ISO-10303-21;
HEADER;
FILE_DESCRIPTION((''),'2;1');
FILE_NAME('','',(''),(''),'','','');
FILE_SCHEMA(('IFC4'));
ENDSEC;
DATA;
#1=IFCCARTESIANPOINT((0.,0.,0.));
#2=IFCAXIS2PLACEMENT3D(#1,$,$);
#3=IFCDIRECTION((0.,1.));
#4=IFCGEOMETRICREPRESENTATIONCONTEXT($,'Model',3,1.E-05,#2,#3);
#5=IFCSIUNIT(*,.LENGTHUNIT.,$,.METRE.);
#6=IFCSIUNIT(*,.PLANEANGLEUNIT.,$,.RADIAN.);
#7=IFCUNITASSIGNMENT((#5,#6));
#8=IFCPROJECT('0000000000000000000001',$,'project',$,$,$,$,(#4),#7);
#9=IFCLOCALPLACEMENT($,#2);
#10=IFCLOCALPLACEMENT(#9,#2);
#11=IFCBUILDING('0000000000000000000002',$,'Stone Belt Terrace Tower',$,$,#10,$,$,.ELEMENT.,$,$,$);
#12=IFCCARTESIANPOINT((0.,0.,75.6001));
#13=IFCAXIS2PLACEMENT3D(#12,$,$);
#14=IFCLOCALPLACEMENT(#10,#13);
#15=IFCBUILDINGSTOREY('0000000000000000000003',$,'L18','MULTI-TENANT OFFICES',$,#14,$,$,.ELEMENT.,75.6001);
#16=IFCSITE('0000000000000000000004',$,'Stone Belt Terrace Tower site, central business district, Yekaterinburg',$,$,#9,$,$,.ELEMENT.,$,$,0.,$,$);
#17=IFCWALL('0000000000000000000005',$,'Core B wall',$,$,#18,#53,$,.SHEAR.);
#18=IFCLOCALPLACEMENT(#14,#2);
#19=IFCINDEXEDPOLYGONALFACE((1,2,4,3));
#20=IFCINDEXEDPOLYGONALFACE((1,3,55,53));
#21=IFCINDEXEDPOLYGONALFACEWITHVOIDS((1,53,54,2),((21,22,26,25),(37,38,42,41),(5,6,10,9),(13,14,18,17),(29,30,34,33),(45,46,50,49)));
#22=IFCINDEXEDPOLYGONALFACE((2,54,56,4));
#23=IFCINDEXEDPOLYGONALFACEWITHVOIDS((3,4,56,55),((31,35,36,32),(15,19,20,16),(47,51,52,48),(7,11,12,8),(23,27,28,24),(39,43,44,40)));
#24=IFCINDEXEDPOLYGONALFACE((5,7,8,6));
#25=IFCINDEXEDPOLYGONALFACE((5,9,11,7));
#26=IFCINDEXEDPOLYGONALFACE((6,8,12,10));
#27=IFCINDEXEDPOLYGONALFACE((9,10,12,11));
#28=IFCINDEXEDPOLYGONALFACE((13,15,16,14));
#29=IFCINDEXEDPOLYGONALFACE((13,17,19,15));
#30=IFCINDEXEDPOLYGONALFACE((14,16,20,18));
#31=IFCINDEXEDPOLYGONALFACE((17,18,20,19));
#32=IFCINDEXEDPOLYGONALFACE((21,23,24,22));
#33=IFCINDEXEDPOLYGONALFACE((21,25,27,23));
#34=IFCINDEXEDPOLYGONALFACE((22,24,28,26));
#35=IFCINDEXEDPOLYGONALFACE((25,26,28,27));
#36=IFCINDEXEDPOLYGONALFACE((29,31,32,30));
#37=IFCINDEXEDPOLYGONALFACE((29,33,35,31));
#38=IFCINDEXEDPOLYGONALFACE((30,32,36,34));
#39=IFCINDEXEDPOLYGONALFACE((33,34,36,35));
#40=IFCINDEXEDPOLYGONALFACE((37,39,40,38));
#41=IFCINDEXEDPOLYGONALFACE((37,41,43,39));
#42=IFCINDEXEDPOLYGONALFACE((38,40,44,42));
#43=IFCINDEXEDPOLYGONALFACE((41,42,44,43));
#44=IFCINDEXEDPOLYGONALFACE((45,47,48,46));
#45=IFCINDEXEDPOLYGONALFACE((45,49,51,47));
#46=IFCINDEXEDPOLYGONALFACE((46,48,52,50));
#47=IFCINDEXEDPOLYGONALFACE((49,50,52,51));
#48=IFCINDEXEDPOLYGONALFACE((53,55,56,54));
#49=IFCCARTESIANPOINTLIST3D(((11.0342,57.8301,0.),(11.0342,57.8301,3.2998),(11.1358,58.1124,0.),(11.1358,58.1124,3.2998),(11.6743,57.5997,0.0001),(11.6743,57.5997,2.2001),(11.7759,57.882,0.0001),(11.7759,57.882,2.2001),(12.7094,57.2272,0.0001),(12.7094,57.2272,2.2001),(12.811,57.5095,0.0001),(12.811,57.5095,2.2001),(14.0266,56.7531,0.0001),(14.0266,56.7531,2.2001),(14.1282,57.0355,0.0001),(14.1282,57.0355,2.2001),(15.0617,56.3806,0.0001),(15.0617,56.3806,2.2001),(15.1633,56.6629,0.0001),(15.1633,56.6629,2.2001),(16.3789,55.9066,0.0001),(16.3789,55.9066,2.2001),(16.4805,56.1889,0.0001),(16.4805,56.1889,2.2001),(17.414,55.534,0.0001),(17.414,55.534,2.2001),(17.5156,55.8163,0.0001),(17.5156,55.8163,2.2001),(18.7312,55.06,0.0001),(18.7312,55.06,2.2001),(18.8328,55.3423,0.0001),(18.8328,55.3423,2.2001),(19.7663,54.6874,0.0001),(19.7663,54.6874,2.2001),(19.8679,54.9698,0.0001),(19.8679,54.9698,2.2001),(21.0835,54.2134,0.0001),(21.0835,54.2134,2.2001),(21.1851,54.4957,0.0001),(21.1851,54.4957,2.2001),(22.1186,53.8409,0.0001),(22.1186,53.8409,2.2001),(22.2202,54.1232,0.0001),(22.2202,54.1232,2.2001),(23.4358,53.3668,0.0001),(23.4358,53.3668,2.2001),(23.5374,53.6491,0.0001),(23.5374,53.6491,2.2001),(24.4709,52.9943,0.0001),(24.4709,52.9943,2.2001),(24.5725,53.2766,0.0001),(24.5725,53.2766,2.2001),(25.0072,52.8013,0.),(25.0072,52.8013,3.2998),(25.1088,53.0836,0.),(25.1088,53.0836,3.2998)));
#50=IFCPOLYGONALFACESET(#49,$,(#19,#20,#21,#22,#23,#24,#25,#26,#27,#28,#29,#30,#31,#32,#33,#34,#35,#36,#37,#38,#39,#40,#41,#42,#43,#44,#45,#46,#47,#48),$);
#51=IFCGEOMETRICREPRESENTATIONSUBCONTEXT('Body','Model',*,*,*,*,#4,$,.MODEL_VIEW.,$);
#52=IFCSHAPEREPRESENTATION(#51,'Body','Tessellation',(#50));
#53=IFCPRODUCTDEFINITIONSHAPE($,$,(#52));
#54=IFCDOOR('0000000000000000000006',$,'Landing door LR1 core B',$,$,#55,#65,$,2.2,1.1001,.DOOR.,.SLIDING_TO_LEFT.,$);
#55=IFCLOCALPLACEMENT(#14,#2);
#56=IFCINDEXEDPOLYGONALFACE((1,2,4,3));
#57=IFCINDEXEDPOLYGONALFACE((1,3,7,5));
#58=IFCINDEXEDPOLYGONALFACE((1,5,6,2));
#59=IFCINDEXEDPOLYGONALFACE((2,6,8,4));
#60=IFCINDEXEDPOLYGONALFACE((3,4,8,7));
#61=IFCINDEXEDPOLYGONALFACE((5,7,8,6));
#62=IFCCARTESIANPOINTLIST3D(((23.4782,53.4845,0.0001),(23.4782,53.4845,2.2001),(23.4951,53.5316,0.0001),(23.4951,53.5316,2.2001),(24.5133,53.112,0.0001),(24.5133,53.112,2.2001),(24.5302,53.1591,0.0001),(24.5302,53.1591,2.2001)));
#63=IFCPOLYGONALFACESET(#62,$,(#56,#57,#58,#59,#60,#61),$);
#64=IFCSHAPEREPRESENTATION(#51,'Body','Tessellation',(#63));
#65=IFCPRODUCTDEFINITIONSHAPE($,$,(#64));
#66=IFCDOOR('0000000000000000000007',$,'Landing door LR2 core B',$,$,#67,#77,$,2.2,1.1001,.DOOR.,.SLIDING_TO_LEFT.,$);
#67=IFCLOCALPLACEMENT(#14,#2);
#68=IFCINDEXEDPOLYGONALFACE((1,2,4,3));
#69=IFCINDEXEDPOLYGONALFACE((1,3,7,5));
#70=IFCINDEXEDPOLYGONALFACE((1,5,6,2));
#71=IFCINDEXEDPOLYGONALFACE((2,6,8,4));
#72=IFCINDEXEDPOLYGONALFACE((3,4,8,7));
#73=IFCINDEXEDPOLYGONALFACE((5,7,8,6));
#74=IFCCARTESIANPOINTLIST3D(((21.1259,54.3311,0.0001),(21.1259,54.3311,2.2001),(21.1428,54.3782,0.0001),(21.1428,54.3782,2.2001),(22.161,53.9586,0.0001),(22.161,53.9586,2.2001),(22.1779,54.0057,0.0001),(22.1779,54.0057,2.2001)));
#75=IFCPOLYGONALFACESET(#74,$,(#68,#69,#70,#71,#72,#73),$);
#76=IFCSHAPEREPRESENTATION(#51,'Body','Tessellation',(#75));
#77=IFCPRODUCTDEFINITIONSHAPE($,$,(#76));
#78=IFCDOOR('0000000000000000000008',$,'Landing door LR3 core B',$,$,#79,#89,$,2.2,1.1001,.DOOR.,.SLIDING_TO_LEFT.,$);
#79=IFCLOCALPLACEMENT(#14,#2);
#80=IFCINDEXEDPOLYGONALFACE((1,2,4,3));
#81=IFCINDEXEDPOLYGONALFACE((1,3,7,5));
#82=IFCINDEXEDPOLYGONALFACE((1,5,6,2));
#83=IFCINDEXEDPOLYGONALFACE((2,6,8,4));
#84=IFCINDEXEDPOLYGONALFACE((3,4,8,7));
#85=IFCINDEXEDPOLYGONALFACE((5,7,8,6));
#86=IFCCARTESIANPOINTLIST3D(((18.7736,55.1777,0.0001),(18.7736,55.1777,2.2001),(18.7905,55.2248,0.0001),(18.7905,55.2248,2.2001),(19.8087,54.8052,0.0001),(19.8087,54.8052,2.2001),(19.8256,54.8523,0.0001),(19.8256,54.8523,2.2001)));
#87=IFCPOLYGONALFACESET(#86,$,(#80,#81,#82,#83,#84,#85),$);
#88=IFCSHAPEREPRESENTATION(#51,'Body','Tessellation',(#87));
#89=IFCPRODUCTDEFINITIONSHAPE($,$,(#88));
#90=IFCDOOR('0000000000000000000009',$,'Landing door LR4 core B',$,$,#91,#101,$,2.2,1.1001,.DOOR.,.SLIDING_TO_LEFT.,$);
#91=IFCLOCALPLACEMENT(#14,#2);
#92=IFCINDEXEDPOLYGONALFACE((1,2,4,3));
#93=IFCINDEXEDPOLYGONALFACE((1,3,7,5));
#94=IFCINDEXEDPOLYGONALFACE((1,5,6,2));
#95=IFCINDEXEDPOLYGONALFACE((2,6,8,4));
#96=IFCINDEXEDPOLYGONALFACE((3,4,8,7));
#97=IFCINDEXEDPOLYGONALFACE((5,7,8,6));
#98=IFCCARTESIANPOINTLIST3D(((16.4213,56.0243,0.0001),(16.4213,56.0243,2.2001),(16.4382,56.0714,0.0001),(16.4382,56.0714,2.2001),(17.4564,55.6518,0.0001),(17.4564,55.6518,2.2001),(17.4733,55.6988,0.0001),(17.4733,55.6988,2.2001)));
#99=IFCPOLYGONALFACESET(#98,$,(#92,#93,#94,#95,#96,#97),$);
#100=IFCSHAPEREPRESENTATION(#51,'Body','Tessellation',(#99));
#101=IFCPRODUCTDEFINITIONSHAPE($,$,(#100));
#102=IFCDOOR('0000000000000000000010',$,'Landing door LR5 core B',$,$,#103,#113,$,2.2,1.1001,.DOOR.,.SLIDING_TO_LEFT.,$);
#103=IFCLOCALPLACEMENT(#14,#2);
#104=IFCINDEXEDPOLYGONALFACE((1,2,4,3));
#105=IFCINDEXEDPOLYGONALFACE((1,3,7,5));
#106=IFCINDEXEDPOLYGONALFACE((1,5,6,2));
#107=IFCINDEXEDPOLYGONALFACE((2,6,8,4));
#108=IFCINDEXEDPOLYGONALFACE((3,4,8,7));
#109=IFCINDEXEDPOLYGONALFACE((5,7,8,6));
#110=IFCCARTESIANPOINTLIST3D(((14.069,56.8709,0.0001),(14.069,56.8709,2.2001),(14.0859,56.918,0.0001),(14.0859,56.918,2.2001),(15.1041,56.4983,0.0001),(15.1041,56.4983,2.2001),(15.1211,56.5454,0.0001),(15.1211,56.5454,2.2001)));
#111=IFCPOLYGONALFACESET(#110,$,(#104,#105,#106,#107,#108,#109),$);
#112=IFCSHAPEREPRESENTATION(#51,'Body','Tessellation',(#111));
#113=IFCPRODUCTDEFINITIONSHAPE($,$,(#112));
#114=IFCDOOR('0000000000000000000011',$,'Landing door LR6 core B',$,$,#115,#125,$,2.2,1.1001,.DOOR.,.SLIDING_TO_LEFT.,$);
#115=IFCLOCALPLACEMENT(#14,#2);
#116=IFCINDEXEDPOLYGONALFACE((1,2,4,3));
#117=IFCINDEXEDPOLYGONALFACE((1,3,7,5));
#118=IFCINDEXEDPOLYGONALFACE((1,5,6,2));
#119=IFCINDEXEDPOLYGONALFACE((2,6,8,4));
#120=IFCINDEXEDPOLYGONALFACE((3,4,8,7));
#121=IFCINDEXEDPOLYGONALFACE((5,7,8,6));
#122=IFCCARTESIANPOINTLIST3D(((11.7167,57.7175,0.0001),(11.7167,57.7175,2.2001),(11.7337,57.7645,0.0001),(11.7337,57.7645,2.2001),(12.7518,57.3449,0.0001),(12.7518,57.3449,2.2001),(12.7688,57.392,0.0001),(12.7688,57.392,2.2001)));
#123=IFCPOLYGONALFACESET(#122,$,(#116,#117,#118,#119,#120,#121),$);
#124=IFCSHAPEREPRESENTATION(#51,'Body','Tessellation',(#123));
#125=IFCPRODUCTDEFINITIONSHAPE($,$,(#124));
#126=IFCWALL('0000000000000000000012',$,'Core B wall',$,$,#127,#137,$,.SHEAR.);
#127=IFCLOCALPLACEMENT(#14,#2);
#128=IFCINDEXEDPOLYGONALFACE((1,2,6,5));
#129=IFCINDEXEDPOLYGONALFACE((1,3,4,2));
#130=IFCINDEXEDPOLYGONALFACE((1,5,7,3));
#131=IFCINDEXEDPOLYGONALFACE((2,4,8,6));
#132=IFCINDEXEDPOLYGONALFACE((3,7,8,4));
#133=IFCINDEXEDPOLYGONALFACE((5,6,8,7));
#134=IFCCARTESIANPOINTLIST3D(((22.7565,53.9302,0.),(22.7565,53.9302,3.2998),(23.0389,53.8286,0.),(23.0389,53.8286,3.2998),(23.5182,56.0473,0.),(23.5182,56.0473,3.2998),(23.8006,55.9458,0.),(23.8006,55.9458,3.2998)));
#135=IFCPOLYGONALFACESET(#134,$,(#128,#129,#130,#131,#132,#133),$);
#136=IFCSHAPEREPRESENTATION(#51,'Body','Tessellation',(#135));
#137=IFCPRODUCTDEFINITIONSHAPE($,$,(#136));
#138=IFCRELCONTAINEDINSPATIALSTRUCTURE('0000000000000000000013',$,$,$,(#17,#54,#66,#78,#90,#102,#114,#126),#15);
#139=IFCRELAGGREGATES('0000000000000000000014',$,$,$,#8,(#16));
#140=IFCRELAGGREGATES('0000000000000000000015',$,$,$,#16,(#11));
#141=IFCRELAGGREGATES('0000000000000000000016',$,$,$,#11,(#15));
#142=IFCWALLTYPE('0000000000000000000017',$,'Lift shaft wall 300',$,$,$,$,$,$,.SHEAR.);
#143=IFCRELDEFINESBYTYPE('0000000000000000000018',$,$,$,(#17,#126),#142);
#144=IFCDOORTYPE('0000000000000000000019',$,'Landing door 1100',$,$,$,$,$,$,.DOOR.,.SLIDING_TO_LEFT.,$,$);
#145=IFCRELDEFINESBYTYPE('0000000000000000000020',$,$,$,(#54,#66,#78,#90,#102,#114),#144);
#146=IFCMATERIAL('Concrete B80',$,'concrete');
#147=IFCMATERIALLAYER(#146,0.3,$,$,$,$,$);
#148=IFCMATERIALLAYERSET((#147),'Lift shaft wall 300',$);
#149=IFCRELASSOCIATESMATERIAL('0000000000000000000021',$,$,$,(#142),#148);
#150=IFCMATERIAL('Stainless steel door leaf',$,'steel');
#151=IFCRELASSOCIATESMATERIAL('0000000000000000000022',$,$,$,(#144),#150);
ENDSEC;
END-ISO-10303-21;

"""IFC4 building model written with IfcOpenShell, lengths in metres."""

from ifc_helpers import new_model, si_unit, direction, frame, frame_2d, origin, place, context, subcontext, project, spatial, rectangle, extrude, material, layer, layer_set, type_object, element, fill, save


model = new_model("IFC4")

# Units and contexts
model_context = context("Model", 3, precision=1e-05, world=origin(), true_north=direction((0.0, 1.0)))
body_context = subcontext(model_context, "Body", "Model", "MODEL_VIEW")
ifc_project = project(units=[si_unit("LENGTHUNIT", "METRE"), si_unit("PLANEANGLEUNIT", "RADIAN")], contexts=[model_context])

# Site, building, storey
site_placement = place(None, origin())
site = spatial("IfcSite", under=ifc_project, at=site_placement, Name="Stone Belt Terrace Tower site, central business district, Yekaterinburg", CompositionType="ELEMENT", RefElevation=0.0)
building_placement = place(site_placement, origin())
building = spatial("IfcBuilding", under=site, at=building_placement, Name="Stone Belt Terrace Tower", CompositionType="ELEMENT")
storey_placement = place(building_placement, frame((0.0, 0.0, 75.6001)))
storey = spatial("IfcBuildingStorey", under=building, at=storey_placement, Name="L18", Description="MULTI-TENANT OFFICES", CompositionType="ELEMENT", Elevation=75.6001)

# Shared definitions
ifc_material_1 = material(Name="Concrete B80", Category="concrete")

# Shared definitions
ifc_layer_1 = layer(ifc_material_1, 0.3)
ifc_layer_set_1 = layer_set([ifc_layer_1], Name="Lift shaft wall 300")
wall_type_1 = type_object("IfcWallType", Name="Lift shaft wall 300", PredefinedType="SHEAR", material=ifc_layer_set_1)
ifc_material_2 = material(Name="Stainless steel door leaf", Category="steel")

# Wall, openings, doors
wall_1_placement = place(storey_placement, frame((25.0581, 52.9424, 0.0), z_axis=(0.0, 0.0, 1.0), x_axis=(-0.940918, 0.338634, 0.0)))
wall_1 = element("IfcWall", 1, at=wall_1_placement, inside=storey, type_object=wall_type_1, Name="Core B wall", PredefinedType="SHEAR", context=body_context, shape_type="SweptSolid", body=[
    extrude(rectangle(XDim=14.8503, YDim=0.3, at=frame_2d((7.4253, 0.0))), origin(), (0.0, 0.0, 1.0), 3.2998),
])
opening_1_placement = place(wall_1_placement, frame((0.5701, 0.0, 0.0)))
opening_1 = element("IfcOpeningElement", 2, at=opening_1_placement, cuts=wall_1, PredefinedType="OPENING", context=body_context, shape_type="SweptSolid", body=[
    extrude(rectangle(XDim=1.1001, YDim=2.2, at=frame_2d((0.55, 1.1001))), frame((0.0, 0.1599, 0.0), z_axis=(0.0, -1.0, 0.0), x_axis=(1.0, 0.0, 0.0)), (0.0, 0.0, 1.0), 0.3201),
])
opening_2_placement = place(wall_1_placement, frame((3.0701, 0.0, 0.0)))
opening_2 = element("IfcOpeningElement", 3, at=opening_2_placement, cuts=wall_1, PredefinedType="OPENING", context=body_context, shape_type="SweptSolid", body=[
    extrude(rectangle(XDim=1.1001, YDim=2.2, at=frame_2d((0.55, 1.1001))), frame((0.0, 0.1599, 0.0), z_axis=(0.0, -1.0, 0.0), x_axis=(1.0, 0.0, 0.0)), (0.0, 0.0, 1.0), 0.3201),
])
opening_3_placement = place(wall_1_placement, frame((5.5701, 0.0, 0.0)))
opening_3 = element("IfcOpeningElement", 4, at=opening_3_placement, cuts=wall_1, PredefinedType="OPENING", context=body_context, shape_type="SweptSolid", body=[
    extrude(rectangle(XDim=1.1001, YDim=2.2, at=frame_2d((0.55, 1.1001))), frame((0.0, 0.1599, 0.0), z_axis=(0.0, -1.0, 0.0), x_axis=(1.0, 0.0, 0.0)), (0.0, 0.0, 1.0), 0.3201),
])
opening_4_placement = place(wall_1_placement, frame((8.0701, 0.0, 0.0)))
opening_4 = element("IfcOpeningElement", 5, at=opening_4_placement, cuts=wall_1, PredefinedType="OPENING", context=body_context, shape_type="SweptSolid", body=[
    extrude(rectangle(XDim=1.1001, YDim=2.2, at=frame_2d((0.55, 1.1001))), frame((0.0, 0.1599, 0.0), z_axis=(0.0, -1.0, 0.0), x_axis=(1.0, 0.0, 0.0)), (0.0, 0.0, 1.0), 0.3201),
])
opening_5_placement = place(wall_1_placement, frame((10.5701, 0.0, 0.0)))
opening_5 = element("IfcOpeningElement", 6, at=opening_5_placement, cuts=wall_1, PredefinedType="OPENING", context=body_context, shape_type="SweptSolid", body=[
    extrude(rectangle(XDim=1.1001, YDim=2.2, at=frame_2d((0.55, 1.1001))), frame((0.0, 0.1599, 0.0), z_axis=(0.0, -1.0, 0.0), x_axis=(1.0, 0.0, 0.0)), (0.0, 0.0, 1.0), 0.3201),
])
opening_6_placement = place(wall_1_placement, frame((13.0701, 0.0, 0.0)))
opening_6 = element("IfcOpeningElement", 7, at=opening_6_placement, cuts=wall_1, PredefinedType="OPENING", context=body_context, shape_type="SweptSolid", body=[
    extrude(rectangle(XDim=1.1001, YDim=2.2, at=frame_2d((0.55, 1.1001))), frame((0.0, 0.1599, 0.0), z_axis=(0.0, -1.0, 0.0), x_axis=(1.0, 0.0, 0.0)), (0.0, 0.0, 1.0), 0.3201),
])
door_type_1 = type_object("IfcDoorType", Name="Landing door 1100", OperationType="SLIDING_TO_LEFT", PredefinedType="DOOR", material=ifc_material_2)
door_1_placement = place(opening_1_placement, origin())
door_1 = element("IfcDoor", 8, at=door_1_placement, inside=storey, type_object=door_type_1, Name="Landing door LR1 core B", OperationType="SLIDING_TO_LEFT", OverallHeight=2.2, OverallWidth=1.1001, PredefinedType="DOOR", context=body_context, shape_type="SweptSolid", body=[
    extrude(rectangle(XDim=1.1001, YDim=2.2, at=frame_2d((0.55, 1.1001))), frame((0.0, 0.0249, 0.0), z_axis=(0.0, -1.0, 0.0), x_axis=(1.0, 0.0, 0.0)), (0.0, 0.0, 1.0), 0.05),
])
fill(opening_1, door_1)
door_2_placement = place(opening_2_placement, origin())
door_2 = element("IfcDoor", 9, at=door_2_placement, inside=storey, type_object=door_type_1, Name="Landing door LR2 core B", OperationType="SLIDING_TO_LEFT", OverallHeight=2.2, OverallWidth=1.1001, PredefinedType="DOOR", context=body_context, shape_type="SweptSolid", body=[
    extrude(rectangle(XDim=1.1001, YDim=2.2, at=frame_2d((0.55, 1.1001))), frame((0.0, 0.0249, 0.0), z_axis=(0.0, -1.0, 0.0), x_axis=(1.0, 0.0, 0.0)), (0.0, 0.0, 1.0), 0.05),
])
fill(opening_2, door_2)
door_3_placement = place(opening_3_placement, origin())
door_3 = element("IfcDoor", 10, at=door_3_placement, inside=storey, type_object=door_type_1, Name="Landing door LR3 core B", OperationType="SLIDING_TO_LEFT", OverallHeight=2.2, OverallWidth=1.1001, PredefinedType="DOOR", context=body_context, shape_type="SweptSolid", body=[
    extrude(rectangle(XDim=1.1001, YDim=2.2, at=frame_2d((0.55, 1.1001))), frame((0.0, 0.0249, 0.0), z_axis=(0.0, -1.0, 0.0), x_axis=(1.0, 0.0, 0.0)), (0.0, 0.0, 1.0), 0.05),
])
fill(opening_3, door_3)
door_4_placement = place(opening_4_placement, origin())
door_4 = element("IfcDoor", 11, at=door_4_placement, inside=storey, type_object=door_type_1, Name="Landing door LR4 core B", OperationType="SLIDING_TO_LEFT", OverallHeight=2.2, OverallWidth=1.1001, PredefinedType="DOOR", context=body_context, shape_type="SweptSolid", body=[
    extrude(rectangle(XDim=1.1001, YDim=2.2, at=frame_2d((0.55, 1.1001))), frame((0.0, 0.0249, 0.0), z_axis=(0.0, -1.0, 0.0), x_axis=(1.0, 0.0, 0.0)), (0.0, 0.0, 1.0), 0.05),
])
fill(opening_4, door_4)
door_5_placement = place(opening_5_placement, origin())
door_5 = element("IfcDoor", 12, at=door_5_placement, inside=storey, type_object=door_type_1, Name="Landing door LR5 core B", OperationType="SLIDING_TO_LEFT", OverallHeight=2.2, OverallWidth=1.1001, PredefinedType="DOOR", context=body_context, shape_type="SweptSolid", body=[
    extrude(rectangle(XDim=1.1001, YDim=2.2, at=frame_2d((0.55, 1.1001))), frame((0.0, 0.0249, 0.0), z_axis=(0.0, -1.0, 0.0), x_axis=(1.0, 0.0, 0.0)), (0.0, 0.0, 1.0), 0.05),
])
fill(opening_5, door_5)
door_6_placement = place(opening_6_placement, origin())
door_6 = element("IfcDoor", 13, at=door_6_placement, inside=storey, type_object=door_type_1, Name="Landing door LR6 core B", OperationType="SLIDING_TO_LEFT", OverallHeight=2.2, OverallWidth=1.1001, PredefinedType="DOOR", context=body_context, shape_type="SweptSolid", body=[
    extrude(rectangle(XDim=1.1001, YDim=2.2, at=frame_2d((0.55, 1.1001))), frame((0.0, 0.0249, 0.0), z_axis=(0.0, -1.0, 0.0), x_axis=(1.0, 0.0, 0.0)), (0.0, 0.0, 1.0), 0.05),
])
fill(opening_6, door_6)

# Wall
wall_2_placement = place(storey_placement, frame((22.8977, 53.8794, 0.0), z_axis=(0.0, 0.0, 1.0), x_axis=(0.338535, 0.940954, 0.0)))
element("IfcWall", 14, at=wall_2_placement, inside=storey, type_object=wall_type_1, Name="Core B wall", PredefinedType="SHEAR", context=body_context, shape_type="SweptSolid", body=[
    extrude(rectangle(XDim=2.25, YDim=0.3, at=frame_2d((1.125, 0.0))), origin(), (0.0, 0.0, 1.0), 3.2998),
])

save(model, "model.ifc")
